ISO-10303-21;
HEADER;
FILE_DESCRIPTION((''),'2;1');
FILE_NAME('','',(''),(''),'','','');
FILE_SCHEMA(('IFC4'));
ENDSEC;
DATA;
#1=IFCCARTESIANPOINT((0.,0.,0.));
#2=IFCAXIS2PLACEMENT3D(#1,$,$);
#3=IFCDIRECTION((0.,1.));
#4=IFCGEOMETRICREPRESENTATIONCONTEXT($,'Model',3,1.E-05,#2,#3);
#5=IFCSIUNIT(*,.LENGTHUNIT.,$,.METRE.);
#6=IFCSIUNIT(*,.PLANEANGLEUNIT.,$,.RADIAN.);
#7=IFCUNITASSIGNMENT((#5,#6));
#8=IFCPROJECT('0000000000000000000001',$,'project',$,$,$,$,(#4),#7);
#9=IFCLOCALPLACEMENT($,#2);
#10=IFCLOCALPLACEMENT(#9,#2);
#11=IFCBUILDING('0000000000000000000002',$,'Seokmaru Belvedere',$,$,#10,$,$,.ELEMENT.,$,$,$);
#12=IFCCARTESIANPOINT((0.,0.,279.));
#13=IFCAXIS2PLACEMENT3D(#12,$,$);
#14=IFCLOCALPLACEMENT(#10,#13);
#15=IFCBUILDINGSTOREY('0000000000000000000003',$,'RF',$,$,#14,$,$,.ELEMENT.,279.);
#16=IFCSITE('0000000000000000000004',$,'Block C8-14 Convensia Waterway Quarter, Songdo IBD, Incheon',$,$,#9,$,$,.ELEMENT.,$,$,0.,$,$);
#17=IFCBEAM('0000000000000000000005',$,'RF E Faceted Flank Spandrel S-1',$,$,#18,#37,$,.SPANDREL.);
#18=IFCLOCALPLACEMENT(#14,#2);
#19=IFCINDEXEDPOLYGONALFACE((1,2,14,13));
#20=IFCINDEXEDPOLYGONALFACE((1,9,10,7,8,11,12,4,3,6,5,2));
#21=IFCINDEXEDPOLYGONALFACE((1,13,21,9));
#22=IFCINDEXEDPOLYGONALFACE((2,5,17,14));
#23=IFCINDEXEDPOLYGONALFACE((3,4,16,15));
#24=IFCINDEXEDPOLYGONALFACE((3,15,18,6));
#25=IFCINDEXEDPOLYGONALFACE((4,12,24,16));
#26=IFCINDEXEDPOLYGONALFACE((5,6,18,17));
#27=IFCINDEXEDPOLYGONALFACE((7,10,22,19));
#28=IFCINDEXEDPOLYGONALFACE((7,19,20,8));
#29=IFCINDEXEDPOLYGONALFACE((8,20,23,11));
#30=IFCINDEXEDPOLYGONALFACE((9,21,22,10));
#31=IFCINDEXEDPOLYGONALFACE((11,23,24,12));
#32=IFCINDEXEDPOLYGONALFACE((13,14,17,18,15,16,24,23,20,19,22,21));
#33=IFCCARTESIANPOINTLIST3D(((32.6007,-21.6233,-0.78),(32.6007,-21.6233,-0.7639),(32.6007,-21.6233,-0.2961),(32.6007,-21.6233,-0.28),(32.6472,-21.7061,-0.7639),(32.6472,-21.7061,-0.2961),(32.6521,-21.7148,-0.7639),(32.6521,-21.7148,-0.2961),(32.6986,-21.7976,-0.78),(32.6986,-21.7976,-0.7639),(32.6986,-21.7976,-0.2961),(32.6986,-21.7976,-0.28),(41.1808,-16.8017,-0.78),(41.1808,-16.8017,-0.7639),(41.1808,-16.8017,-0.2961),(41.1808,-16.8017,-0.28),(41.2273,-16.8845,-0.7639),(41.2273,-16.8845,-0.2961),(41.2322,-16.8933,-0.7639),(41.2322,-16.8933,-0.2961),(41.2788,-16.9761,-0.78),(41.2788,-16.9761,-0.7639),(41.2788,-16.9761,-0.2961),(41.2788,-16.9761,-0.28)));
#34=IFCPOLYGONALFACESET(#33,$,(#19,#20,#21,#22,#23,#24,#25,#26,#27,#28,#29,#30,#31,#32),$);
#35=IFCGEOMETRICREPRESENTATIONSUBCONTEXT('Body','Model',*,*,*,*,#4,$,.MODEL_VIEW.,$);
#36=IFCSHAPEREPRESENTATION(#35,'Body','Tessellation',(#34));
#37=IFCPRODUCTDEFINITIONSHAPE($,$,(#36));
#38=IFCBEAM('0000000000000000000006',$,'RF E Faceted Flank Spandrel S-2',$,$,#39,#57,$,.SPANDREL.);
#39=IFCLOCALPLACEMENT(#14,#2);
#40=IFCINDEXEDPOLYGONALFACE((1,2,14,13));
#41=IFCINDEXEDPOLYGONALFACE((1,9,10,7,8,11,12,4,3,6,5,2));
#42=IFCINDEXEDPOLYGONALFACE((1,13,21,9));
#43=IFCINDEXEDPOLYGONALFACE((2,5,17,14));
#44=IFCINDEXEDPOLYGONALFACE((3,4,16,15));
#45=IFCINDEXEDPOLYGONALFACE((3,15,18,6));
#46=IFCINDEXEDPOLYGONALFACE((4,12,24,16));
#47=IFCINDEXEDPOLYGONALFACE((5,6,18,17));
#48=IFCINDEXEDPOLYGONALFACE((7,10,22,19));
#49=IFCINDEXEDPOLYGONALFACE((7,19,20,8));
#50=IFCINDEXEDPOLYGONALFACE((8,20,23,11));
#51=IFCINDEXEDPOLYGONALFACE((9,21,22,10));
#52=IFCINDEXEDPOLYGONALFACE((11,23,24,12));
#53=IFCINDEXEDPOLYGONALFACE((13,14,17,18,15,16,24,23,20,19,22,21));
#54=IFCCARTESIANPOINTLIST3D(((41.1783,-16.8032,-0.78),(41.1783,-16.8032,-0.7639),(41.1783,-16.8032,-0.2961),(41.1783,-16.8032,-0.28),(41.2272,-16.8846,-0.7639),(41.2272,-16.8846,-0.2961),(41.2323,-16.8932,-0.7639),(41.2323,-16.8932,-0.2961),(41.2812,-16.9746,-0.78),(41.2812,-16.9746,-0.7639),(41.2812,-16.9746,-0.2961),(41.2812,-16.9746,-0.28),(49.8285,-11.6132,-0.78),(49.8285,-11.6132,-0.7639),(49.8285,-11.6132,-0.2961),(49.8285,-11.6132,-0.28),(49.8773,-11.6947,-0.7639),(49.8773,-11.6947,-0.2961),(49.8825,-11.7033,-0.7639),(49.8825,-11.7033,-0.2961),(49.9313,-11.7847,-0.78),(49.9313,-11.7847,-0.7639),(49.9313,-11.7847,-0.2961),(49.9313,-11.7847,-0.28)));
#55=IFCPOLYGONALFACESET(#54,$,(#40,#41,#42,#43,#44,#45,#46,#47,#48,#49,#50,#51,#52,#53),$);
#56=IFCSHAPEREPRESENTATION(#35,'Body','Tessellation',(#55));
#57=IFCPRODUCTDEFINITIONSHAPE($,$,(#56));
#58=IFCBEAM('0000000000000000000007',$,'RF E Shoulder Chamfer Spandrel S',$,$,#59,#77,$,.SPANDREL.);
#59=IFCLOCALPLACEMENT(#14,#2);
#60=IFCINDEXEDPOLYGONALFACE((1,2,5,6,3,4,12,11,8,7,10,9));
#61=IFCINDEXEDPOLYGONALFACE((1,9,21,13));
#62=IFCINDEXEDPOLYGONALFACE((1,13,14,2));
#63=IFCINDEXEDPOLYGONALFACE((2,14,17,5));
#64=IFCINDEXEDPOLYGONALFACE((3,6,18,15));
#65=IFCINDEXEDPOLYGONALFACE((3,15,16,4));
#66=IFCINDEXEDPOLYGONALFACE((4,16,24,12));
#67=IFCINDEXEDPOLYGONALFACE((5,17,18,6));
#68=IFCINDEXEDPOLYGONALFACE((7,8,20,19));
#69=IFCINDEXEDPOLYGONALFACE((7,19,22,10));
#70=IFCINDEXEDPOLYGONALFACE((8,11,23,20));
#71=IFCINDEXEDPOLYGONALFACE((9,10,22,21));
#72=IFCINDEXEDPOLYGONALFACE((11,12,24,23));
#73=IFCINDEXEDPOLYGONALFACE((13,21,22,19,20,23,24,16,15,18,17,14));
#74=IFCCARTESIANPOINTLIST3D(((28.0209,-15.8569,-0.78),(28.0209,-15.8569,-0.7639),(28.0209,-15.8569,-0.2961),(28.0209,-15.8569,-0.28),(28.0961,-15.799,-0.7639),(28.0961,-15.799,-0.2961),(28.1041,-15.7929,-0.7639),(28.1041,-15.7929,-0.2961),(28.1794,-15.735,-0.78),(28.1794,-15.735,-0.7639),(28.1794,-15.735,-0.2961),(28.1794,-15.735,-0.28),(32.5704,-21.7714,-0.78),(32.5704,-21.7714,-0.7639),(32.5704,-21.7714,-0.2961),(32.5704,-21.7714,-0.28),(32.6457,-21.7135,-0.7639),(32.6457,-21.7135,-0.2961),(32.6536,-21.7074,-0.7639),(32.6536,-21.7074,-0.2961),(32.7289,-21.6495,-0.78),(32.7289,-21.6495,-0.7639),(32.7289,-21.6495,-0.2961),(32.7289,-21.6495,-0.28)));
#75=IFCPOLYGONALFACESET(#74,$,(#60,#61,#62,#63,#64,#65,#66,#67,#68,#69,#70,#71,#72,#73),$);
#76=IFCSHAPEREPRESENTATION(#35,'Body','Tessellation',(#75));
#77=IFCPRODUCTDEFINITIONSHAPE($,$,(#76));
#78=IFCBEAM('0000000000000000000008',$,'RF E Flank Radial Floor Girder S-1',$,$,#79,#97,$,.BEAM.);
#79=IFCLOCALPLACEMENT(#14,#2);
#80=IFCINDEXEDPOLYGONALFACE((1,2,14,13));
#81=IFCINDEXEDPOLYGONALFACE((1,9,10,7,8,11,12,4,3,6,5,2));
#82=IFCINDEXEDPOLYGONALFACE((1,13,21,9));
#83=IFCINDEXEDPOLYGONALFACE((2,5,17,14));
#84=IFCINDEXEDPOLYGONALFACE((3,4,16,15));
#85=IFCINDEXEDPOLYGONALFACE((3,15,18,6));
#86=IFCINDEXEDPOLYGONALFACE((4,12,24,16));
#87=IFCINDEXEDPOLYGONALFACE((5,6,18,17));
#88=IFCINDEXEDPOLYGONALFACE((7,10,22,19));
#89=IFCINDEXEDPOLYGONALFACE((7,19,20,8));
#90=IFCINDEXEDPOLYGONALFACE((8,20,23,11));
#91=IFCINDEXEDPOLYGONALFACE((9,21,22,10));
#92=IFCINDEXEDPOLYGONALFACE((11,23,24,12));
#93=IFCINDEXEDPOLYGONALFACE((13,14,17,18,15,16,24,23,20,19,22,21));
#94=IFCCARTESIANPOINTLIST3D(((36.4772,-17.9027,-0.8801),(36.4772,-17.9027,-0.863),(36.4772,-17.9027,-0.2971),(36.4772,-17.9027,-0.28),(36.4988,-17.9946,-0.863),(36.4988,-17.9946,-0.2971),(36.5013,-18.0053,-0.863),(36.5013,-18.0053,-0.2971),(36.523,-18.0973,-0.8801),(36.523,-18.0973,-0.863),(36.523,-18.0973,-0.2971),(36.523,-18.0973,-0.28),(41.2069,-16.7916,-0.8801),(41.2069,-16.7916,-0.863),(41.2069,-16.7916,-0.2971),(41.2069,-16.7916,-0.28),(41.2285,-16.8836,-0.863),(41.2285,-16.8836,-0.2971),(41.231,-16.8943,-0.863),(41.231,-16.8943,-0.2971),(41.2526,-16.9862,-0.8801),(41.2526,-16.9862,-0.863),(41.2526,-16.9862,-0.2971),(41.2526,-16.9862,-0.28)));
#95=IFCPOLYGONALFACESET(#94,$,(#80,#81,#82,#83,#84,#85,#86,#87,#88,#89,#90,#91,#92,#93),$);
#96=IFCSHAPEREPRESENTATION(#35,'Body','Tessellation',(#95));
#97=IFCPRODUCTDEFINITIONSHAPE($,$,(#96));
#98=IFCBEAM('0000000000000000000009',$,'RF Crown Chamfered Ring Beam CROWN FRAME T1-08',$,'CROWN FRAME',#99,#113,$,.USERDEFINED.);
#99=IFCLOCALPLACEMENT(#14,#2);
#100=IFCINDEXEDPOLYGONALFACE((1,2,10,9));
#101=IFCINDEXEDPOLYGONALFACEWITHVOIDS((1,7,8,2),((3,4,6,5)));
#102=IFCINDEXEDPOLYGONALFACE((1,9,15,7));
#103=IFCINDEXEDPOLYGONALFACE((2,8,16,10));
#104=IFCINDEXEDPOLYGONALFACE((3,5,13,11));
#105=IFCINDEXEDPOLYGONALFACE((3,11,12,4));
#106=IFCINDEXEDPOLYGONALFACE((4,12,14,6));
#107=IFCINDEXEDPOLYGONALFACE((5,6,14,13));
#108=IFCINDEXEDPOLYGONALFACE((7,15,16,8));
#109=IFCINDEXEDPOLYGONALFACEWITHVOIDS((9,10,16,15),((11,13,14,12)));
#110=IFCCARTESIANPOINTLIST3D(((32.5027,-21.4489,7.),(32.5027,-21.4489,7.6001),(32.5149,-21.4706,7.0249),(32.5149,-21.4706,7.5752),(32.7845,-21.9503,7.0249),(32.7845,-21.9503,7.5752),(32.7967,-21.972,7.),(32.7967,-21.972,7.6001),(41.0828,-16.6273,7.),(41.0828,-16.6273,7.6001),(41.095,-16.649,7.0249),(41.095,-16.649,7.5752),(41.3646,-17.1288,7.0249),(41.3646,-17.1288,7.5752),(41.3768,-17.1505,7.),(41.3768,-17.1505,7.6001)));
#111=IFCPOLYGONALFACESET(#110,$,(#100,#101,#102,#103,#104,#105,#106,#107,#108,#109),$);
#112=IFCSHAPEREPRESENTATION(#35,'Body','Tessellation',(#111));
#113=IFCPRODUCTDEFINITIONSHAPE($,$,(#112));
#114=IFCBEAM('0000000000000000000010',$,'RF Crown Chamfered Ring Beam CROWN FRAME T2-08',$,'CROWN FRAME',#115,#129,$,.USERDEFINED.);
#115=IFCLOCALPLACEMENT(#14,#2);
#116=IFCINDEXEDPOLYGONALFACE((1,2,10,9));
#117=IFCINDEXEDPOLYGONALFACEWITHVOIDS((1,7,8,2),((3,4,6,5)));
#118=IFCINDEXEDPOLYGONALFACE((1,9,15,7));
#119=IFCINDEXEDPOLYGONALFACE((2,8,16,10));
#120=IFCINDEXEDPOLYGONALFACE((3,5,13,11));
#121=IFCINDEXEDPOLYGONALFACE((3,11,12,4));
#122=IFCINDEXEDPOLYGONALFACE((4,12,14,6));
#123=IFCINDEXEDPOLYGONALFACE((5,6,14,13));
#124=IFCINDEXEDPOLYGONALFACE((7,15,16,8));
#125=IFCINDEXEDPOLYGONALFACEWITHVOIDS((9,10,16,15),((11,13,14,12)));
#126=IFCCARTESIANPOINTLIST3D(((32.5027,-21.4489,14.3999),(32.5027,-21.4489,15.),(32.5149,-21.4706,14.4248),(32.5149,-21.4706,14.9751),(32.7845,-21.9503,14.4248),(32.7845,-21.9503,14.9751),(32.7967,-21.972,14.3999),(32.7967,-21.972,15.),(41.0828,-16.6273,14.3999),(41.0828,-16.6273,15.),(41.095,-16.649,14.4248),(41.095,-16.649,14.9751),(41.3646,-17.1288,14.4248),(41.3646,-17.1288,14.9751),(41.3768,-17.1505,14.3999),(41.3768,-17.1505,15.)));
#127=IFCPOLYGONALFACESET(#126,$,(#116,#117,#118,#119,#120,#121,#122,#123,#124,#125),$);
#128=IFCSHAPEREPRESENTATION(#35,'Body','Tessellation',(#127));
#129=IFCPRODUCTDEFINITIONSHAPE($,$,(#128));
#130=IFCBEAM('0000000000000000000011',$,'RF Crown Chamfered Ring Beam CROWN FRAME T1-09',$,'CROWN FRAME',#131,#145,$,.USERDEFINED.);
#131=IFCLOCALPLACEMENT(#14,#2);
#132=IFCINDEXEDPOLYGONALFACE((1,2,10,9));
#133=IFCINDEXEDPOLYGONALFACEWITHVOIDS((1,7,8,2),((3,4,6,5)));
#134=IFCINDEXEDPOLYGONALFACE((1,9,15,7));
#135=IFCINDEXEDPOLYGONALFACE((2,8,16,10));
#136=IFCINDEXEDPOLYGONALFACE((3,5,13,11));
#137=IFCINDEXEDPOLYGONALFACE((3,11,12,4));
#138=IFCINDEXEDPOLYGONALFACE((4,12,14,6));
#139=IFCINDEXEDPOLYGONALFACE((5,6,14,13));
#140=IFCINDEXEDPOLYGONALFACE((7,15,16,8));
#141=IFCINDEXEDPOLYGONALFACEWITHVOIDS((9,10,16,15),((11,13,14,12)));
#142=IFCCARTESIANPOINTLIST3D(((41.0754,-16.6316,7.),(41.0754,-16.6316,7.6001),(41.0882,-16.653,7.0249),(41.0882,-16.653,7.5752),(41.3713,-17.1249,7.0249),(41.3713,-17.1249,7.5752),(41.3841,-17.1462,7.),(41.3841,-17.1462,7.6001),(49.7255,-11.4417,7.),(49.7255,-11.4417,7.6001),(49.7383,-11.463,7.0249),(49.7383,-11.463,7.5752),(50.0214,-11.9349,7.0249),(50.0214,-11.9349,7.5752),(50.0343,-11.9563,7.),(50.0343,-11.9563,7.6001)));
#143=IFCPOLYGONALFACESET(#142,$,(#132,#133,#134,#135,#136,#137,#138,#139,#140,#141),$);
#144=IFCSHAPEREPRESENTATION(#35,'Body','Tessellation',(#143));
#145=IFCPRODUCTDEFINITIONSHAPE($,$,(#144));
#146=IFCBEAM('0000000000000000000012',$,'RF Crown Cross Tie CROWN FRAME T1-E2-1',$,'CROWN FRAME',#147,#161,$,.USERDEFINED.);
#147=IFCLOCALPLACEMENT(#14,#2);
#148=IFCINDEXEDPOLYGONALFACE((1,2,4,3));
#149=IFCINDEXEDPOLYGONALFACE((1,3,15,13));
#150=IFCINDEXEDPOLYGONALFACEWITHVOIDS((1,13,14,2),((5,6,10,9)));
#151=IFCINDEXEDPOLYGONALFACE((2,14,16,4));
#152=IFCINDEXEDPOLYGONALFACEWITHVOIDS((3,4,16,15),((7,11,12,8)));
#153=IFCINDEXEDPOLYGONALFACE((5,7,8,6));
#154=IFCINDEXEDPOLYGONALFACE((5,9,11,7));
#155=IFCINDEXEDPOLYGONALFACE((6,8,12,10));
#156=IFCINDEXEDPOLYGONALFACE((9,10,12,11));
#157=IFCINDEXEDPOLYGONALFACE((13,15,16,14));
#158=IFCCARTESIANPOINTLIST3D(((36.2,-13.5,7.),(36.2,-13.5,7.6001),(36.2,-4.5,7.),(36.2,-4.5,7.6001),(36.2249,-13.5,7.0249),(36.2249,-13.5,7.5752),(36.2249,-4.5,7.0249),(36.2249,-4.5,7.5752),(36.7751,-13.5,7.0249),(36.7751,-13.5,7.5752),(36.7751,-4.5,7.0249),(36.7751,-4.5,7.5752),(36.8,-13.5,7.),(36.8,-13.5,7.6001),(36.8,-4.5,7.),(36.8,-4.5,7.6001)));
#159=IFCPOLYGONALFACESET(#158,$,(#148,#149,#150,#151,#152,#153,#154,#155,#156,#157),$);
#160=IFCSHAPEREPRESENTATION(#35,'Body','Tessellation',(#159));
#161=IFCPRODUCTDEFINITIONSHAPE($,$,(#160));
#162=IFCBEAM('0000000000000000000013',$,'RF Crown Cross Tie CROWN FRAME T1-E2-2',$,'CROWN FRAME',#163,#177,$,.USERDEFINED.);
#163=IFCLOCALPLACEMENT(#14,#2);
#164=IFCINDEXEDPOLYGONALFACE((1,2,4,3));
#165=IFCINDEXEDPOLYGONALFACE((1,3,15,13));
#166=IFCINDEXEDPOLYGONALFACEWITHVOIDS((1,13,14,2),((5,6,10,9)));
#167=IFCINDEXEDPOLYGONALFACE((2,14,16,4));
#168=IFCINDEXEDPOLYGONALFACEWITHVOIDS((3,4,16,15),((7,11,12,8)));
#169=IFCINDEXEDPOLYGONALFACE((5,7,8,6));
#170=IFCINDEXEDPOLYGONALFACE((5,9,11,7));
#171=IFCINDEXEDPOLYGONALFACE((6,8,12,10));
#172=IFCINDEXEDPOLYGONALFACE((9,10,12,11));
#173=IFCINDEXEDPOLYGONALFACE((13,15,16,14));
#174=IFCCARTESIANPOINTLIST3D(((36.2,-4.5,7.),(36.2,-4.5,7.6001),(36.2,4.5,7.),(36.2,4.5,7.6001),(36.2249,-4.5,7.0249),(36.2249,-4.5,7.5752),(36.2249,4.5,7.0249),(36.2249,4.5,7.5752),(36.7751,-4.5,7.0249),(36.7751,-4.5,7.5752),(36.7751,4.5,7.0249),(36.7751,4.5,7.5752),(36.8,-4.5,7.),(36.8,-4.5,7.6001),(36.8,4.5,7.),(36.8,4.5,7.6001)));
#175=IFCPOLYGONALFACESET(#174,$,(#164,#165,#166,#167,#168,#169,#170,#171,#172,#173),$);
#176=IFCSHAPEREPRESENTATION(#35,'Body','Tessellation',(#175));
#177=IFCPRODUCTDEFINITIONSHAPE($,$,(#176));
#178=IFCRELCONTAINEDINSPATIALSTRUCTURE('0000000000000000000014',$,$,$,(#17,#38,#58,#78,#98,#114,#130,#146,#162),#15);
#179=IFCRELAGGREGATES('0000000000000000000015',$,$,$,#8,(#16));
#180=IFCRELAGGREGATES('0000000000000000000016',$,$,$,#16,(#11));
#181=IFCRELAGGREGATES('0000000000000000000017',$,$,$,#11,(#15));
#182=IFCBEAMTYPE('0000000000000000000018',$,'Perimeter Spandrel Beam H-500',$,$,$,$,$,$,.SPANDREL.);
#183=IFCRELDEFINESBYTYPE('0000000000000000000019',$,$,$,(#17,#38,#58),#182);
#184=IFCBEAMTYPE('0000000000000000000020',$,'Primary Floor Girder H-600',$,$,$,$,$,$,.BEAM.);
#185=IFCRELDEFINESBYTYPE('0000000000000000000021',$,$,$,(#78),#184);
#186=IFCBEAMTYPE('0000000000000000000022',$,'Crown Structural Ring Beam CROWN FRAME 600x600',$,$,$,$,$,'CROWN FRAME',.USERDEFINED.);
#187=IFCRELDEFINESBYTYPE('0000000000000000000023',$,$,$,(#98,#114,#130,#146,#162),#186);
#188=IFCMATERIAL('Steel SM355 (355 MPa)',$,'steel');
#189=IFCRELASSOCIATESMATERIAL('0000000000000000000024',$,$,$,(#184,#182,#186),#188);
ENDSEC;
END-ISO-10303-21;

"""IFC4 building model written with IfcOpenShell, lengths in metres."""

from ifc_helpers import new_model, si_unit, direction, frame, origin, origin_2d, place, context, subcontext, project, spatial, hollow_rectangle, i_section, extrude, source, transform, mapped, material, material_profile, profile_set, type_object, type_shapes, element, save


model = new_model("IFC4")

# Units and contexts
model_context = context("Model", 3, precision=1e-05, world=origin(), true_north=direction((0.0, 1.0)))
body_context = subcontext(model_context, "Body", "Model", "MODEL_VIEW")
ifc_project = project(units=[si_unit("LENGTHUNIT", "METRE"), si_unit("PLANEANGLEUNIT", "RADIAN")], contexts=[model_context])

# Site, building, storey
site_placement = place(None, origin())
site = spatial("IfcSite", under=ifc_project, at=site_placement, Name="Block C8-14 Convensia Waterway Quarter, Songdo IBD, Incheon", CompositionType="ELEMENT", RefElevation=0.0)
building_placement = place(site_placement, origin())
building = spatial("IfcBuilding", under=site, at=building_placement, Name="Seokmaru Belvedere", CompositionType="ELEMENT")
storey_placement = place(building_placement, frame((0.0, 0.0, 279.0)))
storey = spatial("IfcBuildingStorey", under=building, at=storey_placement, Name="RF", CompositionType="ELEMENT", Elevation=279.0)

# Shared definitions
ifc_material_1 = material(Name="Steel SM355 (355 MPa)", Category="steel")

# Beams
ifc_material_profile_1 = material_profile(ifc_material_1, i_section(OverallWidth=0.2, OverallDepth=0.6001, WebThickness=0.011, FlangeThickness=0.0171, at=origin_2d()), Name="H-600x200x11x17")
ifc_profile_set_1 = profile_set([ifc_material_profile_1], Name="Steel SM355 (355 MPa)")
beam_type_1 = type_object("IfcBeamType", Name="Primary Floor Girder H-600", PredefinedType="BEAM", material=ifc_profile_set_1)
ifc_material_profile_2 = material_profile(ifc_material_1, i_section(OverallWidth=0.2, OverallDepth=0.5, WebThickness=0.01, FlangeThickness=0.0161, at=origin_2d()), Name="H-500x200x10x16")
ifc_profile_set_2 = profile_set([ifc_material_profile_2], Name="Steel SM355 (355 MPa)")
beam_type_2 = type_object("IfcBeamType", Name="Perimeter Spandrel Beam H-500", PredefinedType="SPANDREL", material=ifc_profile_set_2)
shared_shape_1 = source(origin(), body_context, "Body", "SweptSolid", [
    extrude(i_section(OverallWidth=0.2, OverallDepth=0.5, WebThickness=0.01, FlangeThickness=0.0161, at=origin_2d()), origin(), (0.0, 0.0, 1.0), 9.842),
])
beam_1_placement = place(storey_placement, frame((32.6497, -21.7104, -0.53), z_axis=(0.871782, 0.489894, 0.0), x_axis=(-0.489894, 0.871782, 0.0)))
element("IfcBeam", 1, at=beam_1_placement, inside=storey, type_object=beam_type_2, Name="RF E Faceted Flank Spandrel S-1", PredefinedType="SPANDREL", context=body_context, shape_type="MappedRepresentation", body=[
    mapped(shared_shape_1, transform((0.0, 0.0, 0.0), scale=1.0)),
])
shared_shape_2 = source(origin(), body_context, "Body", "SweptSolid", [
    extrude(i_section(OverallWidth=0.2, OverallDepth=0.5, WebThickness=0.01, FlangeThickness=0.0161, at=origin_2d()), origin(), (0.0, 0.0, 1.0), 10.0876),
])
beam_2_placement = place(storey_placement, frame((41.2297, -16.8889, -0.53), z_axis=(0.857499, 0.514485, 0.0), x_axis=(-0.514485, 0.857499, 0.0)))
element("IfcBeam", 2, at=beam_2_placement, inside=storey, type_object=beam_type_2, Name="RF E Faceted Flank Spandrel S-2", PredefinedType="SPANDREL", context=body_context, shape_type="MappedRepresentation", body=[
    mapped(shared_shape_2, transform((0.0, 0.0, 0.0), scale=1.0)),
])
shared_shape_3 = source(origin(), body_context, "Body", "SweptSolid", [
    extrude(i_section(OverallWidth=0.2, OverallDepth=0.5, WebThickness=0.01, FlangeThickness=0.0161, at=origin_2d()), origin(), (0.0, 0.0, 1.0), 7.4619),
])
type_shapes(beam_type_2, [shared_shape_1, shared_shape_2, shared_shape_3])
beam_3_placement = place(storey_placement, frame((32.6497, -21.7104, -0.53), z_axis=(-0.609703, 0.79263, 0.0), x_axis=(-0.79263, -0.609703, 0.0)))
element("IfcBeam", 3, at=beam_3_placement, inside=storey, type_object=beam_type_2, Name="RF E Shoulder Chamfer Spandrel S", PredefinedType="SPANDREL", context=body_context, shape_type="MappedRepresentation", body=[
    mapped(shared_shape_3, transform((0.0, 0.0, 0.0), scale=1.0)),
])
shared_shape_4 = source(origin(), body_context, "Body", "SweptSolid", [
    extrude(i_section(OverallWidth=0.2, OverallDepth=0.6001, WebThickness=0.011, FlangeThickness=0.0171, at=origin_2d()), origin(), (0.0, 0.0, 1.0), 4.8584),
])
beam_4_placement = place(storey_placement, frame((41.2297, -16.8889, -0.5801), z_axis=(-0.973499, -0.228689, 0.0), x_axis=(0.228689, -0.973499, 0.0)))
element("IfcBeam", 4, at=beam_4_placement, inside=storey, type_object=beam_type_1, Name="RF E Flank Radial Floor Girder S-1", PredefinedType="BEAM", context=body_context, shape_type="MappedRepresentation", body=[
    mapped(shared_shape_4, transform((0.0, 0.0, 0.0), scale=1.0)),
])
ifc_material_profile_3 = material_profile(ifc_material_1, hollow_rectangle(XDim=0.6001, YDim=0.6001, WallThickness=0.0249, at=origin_2d()), Name="HSS-600x600x25")
ifc_profile_set_3 = profile_set([ifc_material_profile_3], Name="Steel SM355 (355 MPa)")
beam_type_3 = type_object("IfcBeamType", Name="Crown Structural Ring Beam CROWN FRAME 600x600", ElementType="CROWN FRAME", PredefinedType="USERDEFINED", material=ifc_profile_set_3)
shared_shape_5 = source(origin(), body_context, "Body", "SweptSolid", [
    extrude(hollow_rectangle(XDim=0.6001, YDim=0.6001, WallThickness=0.0249, at=origin_2d()), origin(), (0.0, 0.0, 1.0), 9.842),
])
for number, where, z_axis, x_axis, name in (
    (5, (32.6497, -21.7104, 7.3), (0.871782, 0.489894, 0.0), (-0.489894, 0.871782, 0.0), "RF Crown Chamfered Ring Beam CROWN FRAME T1-08"),
    (6, (32.6497, -21.7104, 14.7), (0.871782, 0.489894, 0.0), (-0.489894, 0.871782, 0.0), "RF Crown Chamfered Ring Beam CROWN FRAME T2-08"),
):
    element("IfcBeam", number, at=place(storey_placement, frame(where, z_axis=z_axis, x_axis=x_axis)), inside=storey, type_object=beam_type_3, Name=name, ObjectType="CROWN FRAME", PredefinedType="USERDEFINED", context=body_context, shape_type="MappedRepresentation", body=[
        mapped(shared_shape_5, transform((0.0, 0.0, 0.0), scale=1.0)),
    ])
shared_shape_6 = source(origin(), body_context, "Body", "SweptSolid", [
    extrude(hollow_rectangle(XDim=0.6001, YDim=0.6001, WallThickness=0.0249, at=origin_2d()), origin(), (0.0, 0.0, 1.0), 10.0876),
])
beam_5_placement = place(storey_placement, frame((41.2297, -16.8889, 7.3), z_axis=(0.857499, 0.514485, 0.0), x_axis=(-0.514485, 0.857499, 0.0)))
element("IfcBeam", 7, at=beam_5_placement, inside=storey, type_object=beam_type_3, Name="RF Crown Chamfered Ring Beam CROWN FRAME T1-09", ObjectType="CROWN FRAME", PredefinedType="USERDEFINED", context=body_context, shape_type="MappedRepresentation", body=[
    mapped(shared_shape_6, transform((0.0, 0.0, 0.0), scale=1.0)),
])
shared_shape_7 = source(origin(), body_context, "Body", "SweptSolid", [
    extrude(hollow_rectangle(XDim=0.6001, YDim=0.6001, WallThickness=0.0249, at=origin_2d()), origin(), (0.0, 0.0, 1.0), 9.0),
])
for number, where, z_axis, x_axis, name in (
    (8, (36.5, -13.5, 7.3), (0.0, 1.0, 0.0), (-1.0, 0.0, 0.0), "RF Crown Cross Tie CROWN FRAME T1-E2-1"),
    (9, (36.5, -4.5, 7.3), (0.0, 1.0, 0.0), (-1.0, 0.0, 0.0), "RF Crown Cross Tie CROWN FRAME T1-E2-2"),
):
    element("IfcBeam", number, at=place(storey_placement, frame(where, z_axis=z_axis, x_axis=x_axis)), inside=storey, type_object=beam_type_3, Name=name, ObjectType="CROWN FRAME", PredefinedType="USERDEFINED", context=body_context, shape_type="MappedRepresentation", body=[
        mapped(shared_shape_7, transform((0.0, 0.0, 0.0), scale=1.0)),
    ])

save(model, "model.ifc")
